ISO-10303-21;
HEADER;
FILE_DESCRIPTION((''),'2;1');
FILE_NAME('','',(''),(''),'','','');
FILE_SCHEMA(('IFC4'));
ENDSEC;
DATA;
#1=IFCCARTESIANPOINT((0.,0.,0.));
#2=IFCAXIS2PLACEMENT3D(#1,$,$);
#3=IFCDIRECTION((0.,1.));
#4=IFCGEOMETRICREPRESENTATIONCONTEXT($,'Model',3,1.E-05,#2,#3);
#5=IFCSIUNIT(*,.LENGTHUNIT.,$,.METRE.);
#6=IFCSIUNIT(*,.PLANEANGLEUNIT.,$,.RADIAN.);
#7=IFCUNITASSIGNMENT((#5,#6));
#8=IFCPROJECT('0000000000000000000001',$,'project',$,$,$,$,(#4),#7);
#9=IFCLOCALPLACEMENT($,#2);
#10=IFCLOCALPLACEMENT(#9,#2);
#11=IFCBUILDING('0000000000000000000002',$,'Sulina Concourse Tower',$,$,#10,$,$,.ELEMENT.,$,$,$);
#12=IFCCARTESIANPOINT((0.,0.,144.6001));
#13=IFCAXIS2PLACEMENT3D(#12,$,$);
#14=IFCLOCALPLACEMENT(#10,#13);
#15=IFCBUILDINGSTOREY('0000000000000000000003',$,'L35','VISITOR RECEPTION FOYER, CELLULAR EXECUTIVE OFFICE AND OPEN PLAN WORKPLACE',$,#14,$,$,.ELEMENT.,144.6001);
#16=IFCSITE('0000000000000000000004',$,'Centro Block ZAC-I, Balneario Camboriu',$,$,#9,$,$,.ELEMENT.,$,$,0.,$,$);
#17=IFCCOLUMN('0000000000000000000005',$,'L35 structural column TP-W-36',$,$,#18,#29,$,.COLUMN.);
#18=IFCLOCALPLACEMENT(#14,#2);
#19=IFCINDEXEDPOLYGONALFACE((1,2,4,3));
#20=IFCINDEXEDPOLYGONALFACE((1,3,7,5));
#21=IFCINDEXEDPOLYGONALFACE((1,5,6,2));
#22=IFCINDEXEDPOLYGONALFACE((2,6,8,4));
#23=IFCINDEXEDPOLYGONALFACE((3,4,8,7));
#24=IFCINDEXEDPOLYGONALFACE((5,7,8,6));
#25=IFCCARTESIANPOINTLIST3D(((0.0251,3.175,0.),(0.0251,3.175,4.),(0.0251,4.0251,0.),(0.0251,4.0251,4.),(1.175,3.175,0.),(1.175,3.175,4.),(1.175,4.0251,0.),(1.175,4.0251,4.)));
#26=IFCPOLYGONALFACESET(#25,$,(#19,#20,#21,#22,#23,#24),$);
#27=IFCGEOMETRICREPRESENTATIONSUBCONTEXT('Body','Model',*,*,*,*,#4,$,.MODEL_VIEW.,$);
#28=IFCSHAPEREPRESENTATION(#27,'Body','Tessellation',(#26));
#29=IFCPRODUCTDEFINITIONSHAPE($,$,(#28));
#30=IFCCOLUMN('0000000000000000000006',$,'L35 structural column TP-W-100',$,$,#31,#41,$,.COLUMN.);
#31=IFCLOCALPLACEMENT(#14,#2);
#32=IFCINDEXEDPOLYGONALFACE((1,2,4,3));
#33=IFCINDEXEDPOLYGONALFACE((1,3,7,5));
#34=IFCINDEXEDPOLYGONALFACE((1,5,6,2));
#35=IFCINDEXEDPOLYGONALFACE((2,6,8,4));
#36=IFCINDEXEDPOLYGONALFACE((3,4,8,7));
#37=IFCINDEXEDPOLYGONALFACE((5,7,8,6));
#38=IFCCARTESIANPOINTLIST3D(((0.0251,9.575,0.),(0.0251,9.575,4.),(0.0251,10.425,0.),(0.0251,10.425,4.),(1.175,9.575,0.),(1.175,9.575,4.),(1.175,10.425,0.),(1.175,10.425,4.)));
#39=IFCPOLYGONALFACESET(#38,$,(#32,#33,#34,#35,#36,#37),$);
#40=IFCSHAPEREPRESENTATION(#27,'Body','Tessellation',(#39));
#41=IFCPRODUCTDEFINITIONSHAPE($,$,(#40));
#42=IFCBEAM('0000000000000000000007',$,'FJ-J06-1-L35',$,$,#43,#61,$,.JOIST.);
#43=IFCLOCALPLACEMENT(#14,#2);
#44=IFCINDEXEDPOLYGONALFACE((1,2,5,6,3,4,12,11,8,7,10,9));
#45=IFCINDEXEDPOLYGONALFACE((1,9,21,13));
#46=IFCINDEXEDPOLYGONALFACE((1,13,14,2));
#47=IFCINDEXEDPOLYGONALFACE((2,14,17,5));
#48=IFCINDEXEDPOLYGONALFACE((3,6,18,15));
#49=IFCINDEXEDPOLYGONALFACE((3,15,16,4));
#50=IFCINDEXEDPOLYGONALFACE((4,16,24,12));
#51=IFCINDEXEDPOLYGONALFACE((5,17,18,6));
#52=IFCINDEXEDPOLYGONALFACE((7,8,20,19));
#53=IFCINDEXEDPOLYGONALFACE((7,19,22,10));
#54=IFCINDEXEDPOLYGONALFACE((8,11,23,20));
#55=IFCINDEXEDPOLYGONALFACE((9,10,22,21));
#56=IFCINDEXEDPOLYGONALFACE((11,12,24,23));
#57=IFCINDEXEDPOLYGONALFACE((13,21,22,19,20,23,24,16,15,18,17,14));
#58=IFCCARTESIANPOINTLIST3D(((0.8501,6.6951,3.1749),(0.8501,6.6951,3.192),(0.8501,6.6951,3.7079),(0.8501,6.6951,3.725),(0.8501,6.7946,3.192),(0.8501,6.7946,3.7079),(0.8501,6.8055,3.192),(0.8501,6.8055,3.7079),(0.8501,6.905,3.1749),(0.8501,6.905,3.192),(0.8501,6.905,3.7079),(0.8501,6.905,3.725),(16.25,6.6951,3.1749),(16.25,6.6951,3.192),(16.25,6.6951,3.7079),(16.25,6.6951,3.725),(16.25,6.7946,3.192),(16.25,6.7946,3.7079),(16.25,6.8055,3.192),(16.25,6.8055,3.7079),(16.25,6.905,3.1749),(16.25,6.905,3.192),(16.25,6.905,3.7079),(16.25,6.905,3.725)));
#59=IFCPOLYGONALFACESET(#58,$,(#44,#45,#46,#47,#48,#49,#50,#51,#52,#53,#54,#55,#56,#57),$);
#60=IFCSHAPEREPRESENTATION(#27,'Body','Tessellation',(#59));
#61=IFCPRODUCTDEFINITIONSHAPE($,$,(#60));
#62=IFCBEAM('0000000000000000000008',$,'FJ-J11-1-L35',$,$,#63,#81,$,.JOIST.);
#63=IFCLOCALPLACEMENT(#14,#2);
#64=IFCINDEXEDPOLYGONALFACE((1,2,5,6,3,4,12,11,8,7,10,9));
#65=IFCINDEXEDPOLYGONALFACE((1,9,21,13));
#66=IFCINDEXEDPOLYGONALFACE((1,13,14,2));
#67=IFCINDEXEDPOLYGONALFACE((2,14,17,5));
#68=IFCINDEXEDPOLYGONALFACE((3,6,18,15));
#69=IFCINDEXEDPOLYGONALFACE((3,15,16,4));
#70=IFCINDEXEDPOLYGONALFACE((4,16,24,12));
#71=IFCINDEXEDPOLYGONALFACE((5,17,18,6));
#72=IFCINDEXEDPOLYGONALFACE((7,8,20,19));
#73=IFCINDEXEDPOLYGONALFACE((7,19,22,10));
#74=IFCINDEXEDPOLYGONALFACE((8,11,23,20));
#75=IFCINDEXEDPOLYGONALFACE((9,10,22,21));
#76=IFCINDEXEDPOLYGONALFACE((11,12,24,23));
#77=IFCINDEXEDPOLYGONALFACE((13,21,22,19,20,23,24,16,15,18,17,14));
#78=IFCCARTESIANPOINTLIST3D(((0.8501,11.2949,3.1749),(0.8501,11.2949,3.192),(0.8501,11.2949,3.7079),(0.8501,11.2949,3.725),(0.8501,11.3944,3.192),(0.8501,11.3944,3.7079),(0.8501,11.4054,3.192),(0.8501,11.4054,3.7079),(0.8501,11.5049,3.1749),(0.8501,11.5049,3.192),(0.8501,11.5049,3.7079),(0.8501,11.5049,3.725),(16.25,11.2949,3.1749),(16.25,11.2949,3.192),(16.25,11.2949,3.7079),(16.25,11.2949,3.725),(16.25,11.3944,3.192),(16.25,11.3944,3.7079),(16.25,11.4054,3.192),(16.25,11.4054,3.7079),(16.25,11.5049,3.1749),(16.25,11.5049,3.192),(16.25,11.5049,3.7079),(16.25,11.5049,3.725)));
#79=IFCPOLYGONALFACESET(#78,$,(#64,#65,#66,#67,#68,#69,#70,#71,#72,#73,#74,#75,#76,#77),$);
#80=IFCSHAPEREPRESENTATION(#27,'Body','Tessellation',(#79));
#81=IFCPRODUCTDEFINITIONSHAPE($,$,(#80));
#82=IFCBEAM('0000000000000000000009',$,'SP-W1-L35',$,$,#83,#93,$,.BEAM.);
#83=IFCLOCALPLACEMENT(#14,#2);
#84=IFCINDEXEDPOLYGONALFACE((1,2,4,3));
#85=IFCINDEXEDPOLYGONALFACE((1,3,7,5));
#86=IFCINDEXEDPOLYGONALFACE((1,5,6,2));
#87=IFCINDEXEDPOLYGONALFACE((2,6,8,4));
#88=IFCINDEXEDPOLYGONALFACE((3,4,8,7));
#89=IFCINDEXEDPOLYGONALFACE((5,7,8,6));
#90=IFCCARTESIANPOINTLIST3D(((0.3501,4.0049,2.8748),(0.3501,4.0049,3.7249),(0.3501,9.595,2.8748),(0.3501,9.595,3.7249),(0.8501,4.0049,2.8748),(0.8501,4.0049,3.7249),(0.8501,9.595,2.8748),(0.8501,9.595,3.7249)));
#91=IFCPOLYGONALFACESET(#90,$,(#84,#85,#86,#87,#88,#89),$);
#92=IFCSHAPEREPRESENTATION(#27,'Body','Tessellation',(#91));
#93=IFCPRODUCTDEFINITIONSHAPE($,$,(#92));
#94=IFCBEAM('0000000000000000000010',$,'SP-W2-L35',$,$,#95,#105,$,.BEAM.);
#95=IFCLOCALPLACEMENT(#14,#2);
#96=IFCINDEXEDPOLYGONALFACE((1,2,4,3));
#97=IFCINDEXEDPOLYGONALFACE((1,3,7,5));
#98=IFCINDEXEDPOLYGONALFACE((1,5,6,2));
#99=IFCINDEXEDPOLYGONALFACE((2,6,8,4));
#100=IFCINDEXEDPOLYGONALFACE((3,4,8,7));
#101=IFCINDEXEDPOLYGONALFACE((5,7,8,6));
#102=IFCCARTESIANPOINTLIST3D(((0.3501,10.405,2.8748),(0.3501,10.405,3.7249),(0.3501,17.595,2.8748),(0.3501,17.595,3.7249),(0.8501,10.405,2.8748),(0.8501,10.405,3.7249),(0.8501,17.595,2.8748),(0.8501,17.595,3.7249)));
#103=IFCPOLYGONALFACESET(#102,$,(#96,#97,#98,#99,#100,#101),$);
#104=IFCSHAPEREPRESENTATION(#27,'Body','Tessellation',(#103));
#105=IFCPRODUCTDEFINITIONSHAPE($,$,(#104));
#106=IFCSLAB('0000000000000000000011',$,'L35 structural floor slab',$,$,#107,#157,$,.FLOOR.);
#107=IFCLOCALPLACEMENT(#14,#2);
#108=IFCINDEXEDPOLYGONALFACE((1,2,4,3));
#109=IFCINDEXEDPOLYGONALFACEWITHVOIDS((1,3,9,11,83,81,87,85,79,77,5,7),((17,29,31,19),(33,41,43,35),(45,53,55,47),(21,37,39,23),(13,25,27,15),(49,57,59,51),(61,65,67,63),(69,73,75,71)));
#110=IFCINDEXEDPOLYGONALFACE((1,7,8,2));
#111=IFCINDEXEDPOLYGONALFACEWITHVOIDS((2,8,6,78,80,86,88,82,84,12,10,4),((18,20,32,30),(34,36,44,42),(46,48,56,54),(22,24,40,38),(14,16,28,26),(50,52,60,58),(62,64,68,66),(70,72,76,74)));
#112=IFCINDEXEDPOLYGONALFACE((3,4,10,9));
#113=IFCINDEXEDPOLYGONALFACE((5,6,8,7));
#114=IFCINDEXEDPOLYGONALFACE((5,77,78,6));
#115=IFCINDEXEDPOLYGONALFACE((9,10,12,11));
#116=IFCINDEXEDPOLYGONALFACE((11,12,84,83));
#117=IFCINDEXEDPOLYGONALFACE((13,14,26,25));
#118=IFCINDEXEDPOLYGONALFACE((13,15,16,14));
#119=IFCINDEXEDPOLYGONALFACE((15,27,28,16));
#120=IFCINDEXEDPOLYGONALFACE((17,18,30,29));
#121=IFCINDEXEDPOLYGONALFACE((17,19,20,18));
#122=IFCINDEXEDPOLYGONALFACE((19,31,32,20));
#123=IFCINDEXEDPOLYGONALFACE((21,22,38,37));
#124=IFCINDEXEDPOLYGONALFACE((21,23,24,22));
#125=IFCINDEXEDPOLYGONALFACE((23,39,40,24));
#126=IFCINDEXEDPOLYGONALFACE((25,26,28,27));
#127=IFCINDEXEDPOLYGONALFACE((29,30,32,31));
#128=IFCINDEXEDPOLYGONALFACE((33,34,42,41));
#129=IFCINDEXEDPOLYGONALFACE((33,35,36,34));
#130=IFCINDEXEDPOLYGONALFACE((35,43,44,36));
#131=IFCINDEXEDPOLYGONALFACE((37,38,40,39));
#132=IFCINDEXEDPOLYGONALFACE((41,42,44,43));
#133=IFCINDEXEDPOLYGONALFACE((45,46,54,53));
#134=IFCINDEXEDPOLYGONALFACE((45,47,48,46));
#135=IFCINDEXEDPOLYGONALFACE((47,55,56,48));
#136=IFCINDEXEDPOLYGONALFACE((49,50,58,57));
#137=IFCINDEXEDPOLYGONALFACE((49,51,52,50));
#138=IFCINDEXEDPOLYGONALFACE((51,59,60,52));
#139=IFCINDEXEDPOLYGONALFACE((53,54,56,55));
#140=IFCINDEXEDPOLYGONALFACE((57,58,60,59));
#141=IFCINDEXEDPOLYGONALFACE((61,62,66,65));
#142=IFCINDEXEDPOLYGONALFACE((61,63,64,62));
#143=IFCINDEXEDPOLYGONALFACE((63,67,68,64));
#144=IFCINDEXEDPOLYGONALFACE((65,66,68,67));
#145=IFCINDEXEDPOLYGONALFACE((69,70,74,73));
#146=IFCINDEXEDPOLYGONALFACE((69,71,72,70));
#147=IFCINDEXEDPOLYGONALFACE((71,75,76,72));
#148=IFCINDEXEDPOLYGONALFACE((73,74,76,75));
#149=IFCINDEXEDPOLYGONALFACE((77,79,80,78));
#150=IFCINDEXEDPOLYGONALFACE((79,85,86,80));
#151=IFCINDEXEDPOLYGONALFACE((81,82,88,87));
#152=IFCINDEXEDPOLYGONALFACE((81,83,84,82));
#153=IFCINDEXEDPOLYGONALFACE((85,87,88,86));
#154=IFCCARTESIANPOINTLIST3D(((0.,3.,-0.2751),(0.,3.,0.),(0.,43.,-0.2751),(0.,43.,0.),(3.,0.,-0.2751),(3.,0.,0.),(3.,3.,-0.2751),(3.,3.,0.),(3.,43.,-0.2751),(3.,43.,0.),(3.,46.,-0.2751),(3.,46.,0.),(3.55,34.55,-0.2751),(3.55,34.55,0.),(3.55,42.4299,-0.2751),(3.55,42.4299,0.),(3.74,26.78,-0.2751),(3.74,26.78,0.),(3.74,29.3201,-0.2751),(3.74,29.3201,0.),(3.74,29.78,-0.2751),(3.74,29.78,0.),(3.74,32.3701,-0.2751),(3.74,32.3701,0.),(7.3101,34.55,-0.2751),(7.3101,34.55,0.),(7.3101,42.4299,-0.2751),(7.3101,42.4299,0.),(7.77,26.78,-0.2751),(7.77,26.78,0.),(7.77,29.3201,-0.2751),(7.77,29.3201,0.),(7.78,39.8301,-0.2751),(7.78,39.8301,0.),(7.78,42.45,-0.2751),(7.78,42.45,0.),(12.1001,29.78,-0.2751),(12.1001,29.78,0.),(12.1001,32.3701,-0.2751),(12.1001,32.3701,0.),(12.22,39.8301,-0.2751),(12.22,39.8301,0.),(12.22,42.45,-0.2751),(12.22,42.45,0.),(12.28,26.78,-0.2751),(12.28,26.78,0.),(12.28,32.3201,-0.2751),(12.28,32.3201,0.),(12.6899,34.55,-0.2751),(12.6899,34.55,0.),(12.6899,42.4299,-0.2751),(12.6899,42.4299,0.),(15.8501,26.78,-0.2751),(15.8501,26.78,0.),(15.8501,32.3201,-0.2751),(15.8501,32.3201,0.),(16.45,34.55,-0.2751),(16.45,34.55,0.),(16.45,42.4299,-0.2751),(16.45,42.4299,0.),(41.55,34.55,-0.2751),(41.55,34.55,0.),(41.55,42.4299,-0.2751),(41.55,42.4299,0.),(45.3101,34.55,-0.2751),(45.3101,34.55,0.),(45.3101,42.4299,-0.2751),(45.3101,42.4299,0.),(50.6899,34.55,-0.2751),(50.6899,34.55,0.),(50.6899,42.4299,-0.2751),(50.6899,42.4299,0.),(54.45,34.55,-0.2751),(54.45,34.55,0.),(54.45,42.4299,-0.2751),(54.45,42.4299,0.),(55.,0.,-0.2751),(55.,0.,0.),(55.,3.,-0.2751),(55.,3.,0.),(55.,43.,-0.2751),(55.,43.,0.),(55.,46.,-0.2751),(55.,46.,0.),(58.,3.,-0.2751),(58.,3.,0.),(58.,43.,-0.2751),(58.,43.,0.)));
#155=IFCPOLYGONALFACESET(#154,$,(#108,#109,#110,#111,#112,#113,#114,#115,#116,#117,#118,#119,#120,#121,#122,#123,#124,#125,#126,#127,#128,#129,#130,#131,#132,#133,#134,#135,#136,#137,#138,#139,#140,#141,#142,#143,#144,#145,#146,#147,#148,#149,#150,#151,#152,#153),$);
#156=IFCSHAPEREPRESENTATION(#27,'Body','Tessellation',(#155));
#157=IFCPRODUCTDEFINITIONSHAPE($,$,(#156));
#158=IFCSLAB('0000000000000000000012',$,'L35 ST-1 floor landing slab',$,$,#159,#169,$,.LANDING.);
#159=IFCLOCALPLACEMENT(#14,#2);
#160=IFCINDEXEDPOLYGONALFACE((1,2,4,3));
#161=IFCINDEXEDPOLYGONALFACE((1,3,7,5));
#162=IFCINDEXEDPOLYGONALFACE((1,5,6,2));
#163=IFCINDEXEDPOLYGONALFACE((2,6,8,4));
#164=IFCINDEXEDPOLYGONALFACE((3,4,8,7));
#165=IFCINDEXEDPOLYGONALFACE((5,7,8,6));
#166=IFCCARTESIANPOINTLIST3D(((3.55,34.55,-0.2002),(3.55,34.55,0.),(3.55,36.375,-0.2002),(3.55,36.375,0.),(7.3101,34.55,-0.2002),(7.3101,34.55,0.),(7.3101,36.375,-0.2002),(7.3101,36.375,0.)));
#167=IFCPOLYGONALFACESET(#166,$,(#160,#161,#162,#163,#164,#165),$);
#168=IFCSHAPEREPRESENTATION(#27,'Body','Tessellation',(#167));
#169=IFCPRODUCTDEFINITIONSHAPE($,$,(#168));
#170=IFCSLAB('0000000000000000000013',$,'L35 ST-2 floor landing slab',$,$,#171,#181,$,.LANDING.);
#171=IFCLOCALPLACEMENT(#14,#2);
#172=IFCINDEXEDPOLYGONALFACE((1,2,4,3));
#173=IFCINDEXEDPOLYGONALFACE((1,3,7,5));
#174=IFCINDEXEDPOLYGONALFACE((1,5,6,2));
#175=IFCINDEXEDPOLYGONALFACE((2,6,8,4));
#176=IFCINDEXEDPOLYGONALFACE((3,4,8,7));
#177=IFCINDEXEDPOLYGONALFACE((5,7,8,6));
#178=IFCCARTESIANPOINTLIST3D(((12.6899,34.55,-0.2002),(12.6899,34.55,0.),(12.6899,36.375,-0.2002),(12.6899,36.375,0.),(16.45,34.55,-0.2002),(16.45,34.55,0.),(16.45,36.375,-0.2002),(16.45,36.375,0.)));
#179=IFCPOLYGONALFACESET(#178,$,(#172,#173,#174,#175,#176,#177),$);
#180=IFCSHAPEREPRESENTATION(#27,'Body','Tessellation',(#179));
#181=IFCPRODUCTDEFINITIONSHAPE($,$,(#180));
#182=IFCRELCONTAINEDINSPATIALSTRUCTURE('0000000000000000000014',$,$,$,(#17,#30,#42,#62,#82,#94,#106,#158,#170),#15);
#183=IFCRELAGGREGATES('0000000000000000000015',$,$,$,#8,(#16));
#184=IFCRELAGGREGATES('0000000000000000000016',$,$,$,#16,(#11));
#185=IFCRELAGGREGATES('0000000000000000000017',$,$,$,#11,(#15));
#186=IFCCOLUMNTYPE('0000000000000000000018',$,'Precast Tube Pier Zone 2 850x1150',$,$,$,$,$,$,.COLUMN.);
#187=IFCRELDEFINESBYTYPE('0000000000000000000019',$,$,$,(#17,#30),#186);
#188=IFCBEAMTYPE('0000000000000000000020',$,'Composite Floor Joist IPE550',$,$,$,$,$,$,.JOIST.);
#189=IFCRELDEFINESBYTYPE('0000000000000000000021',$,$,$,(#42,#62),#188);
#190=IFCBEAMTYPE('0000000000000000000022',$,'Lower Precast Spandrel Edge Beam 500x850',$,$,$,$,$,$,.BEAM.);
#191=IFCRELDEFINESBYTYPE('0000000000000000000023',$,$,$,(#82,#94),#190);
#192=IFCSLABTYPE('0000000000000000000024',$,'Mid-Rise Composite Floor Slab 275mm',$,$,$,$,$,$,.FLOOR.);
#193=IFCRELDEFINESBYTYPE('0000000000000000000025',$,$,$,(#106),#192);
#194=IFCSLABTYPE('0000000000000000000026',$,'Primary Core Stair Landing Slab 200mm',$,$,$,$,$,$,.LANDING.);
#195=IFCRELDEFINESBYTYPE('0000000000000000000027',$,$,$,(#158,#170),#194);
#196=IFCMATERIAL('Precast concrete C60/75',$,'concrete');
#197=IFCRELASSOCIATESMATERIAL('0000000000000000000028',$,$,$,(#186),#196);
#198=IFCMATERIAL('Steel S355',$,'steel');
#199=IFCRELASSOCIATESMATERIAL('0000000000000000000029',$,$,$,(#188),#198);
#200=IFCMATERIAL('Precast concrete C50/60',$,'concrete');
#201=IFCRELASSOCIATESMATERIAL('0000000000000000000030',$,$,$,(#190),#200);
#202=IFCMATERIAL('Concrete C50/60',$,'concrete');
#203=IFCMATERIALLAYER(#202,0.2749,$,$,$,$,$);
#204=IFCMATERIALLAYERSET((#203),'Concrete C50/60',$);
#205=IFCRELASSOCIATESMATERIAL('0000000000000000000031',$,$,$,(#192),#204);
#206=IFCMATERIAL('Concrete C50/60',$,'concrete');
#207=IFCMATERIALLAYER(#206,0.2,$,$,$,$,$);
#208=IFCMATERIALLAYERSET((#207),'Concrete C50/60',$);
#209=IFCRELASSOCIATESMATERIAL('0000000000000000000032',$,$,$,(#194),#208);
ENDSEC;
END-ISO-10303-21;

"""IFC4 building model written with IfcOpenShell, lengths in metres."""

from ifc_helpers import new_model, si_unit, direction, frame, origin, origin_2d, place, context, subcontext, project, spatial, polyline, rectangle, i_section, outline, extrude, material, layer, layer_set, material_profile, profile_set, type_object, element, save


model = new_model("IFC4")

# Units and contexts
model_context = context("Model", 3, precision=1e-05, world=origin(), true_north=direction((0.0, 1.0)))
body_context = subcontext(model_context, "Body", "Model", "MODEL_VIEW")
ifc_project = project(units=[si_unit("LENGTHUNIT", "METRE"), si_unit("PLANEANGLEUNIT", "RADIAN")], contexts=[model_context])

# Site, building, storey
site_placement = place(None, origin())
site = spatial("IfcSite", under=ifc_project, at=site_placement, Name="Centro Block ZAC-I, Balneario Camboriu", CompositionType="ELEMENT", RefElevation=0.0)
building_placement = place(site_placement, origin())
building = spatial("IfcBuilding", under=site, at=building_placement, Name="Sulina Concourse Tower", CompositionType="ELEMENT")
storey_placement = place(building_placement, frame((0.0, 0.0, 144.6001)))
storey = spatial("IfcBuildingStorey", under=building, at=storey_placement, Name="L35", Description="VISITOR RECEPTION FOYER, CELLULAR EXECUTIVE OFFICE AND OPEN PLAN WORKPLACE", CompositionType="ELEMENT", Elevation=144.6001)

# Columns
ifc_material_1 = material(Name="Precast concrete C60/75", Category="concrete")
ifc_material_profile_1 = material_profile(ifc_material_1, rectangle(XDim=0.8501, YDim=1.1499, at=origin_2d()), Name="PC 850x1150")
ifc_profile_set_1 = profile_set([ifc_material_profile_1], Name="Precast concrete C60/75")
column_type = type_object("IfcColumnType", Name="Precast Tube Pier Zone 2 850x1150", PredefinedType="COLUMN", material=ifc_profile_set_1)
for number, where, z_axis, x_axis, name in (
    (1, (0.6001, 3.6001, 0.0), (0.0, 0.0, 1.0), (0.0, 1.0, 0.0), "L35 structural column TP-W-36"),
    (2, (0.6001, 10.0, 0.0), (0.0, 0.0, 1.0), (0.0, 1.0, 0.0), "L35 structural column TP-W-100"),
):
    element("IfcColumn", number, at=place(storey_placement, frame(where, z_axis=z_axis, x_axis=x_axis)), inside=storey, type_object=column_type, Name=name, PredefinedType="COLUMN", context=body_context, shape_type="SweptSolid", body=[
        extrude(rectangle(XDim=0.8501, YDim=1.1499, at=origin_2d()), origin(), (0.0, 0.0, 1.0), 4.0),
    ])

# Beams
ifc_material_2 = material(Name="Steel S355", Category="steel")
ifc_material_profile_2 = material_profile(ifc_material_2, i_section(OverallWidth=0.21, OverallDepth=0.55, WebThickness=0.011, FlangeThickness=0.0171, at=origin_2d()), Name="IPE 550")
ifc_profile_set_2 = profile_set([ifc_material_profile_2], Name="Steel S355")
beam_type_1 = type_object("IfcBeamType", Name="Composite Floor Joist IPE550", PredefinedType="JOIST", material=ifc_profile_set_2)
for number, where, z_axis, x_axis, name in (
    (3, (0.8501, 6.8, 3.45), (1.0, 0.0, 0.0), (0.0, 1.0, 0.0), "FJ-J06-1-L35"),
    (4, (0.8501, 11.3999, 3.45), (1.0, 0.0, 0.0), (0.0, 1.0, 0.0), "FJ-J11-1-L35"),
):
    element("IfcBeam", number, at=place(storey_placement, frame(where, z_axis=z_axis, x_axis=x_axis)), inside=storey, type_object=beam_type_1, Name=name, PredefinedType="JOIST", context=body_context, shape_type="SweptSolid", body=[
        extrude(i_section(OverallWidth=0.21, OverallDepth=0.55, WebThickness=0.011, FlangeThickness=0.0171, at=origin_2d()), origin(), (0.0, 0.0, 1.0), 15.3999),
    ])
ifc_material_3 = material(Name="Precast concrete C50/60", Category="concrete")
ifc_material_profile_3 = material_profile(ifc_material_3, rectangle(XDim=0.5, YDim=0.8501, at=origin_2d()), Name="RC 500x850")
ifc_profile_set_3 = profile_set([ifc_material_profile_3], Name="Precast concrete C50/60")
beam_type_2 = type_object("IfcBeamType", Name="Lower Precast Spandrel Edge Beam 500x850", PredefinedType="BEAM", material=ifc_profile_set_3)
beam_1_placement = place(storey_placement, frame((0.6001, 4.0049, 3.2998), z_axis=(0.0, 1.0, 0.0), x_axis=(-1.0, 0.0, 0.0)))
element("IfcBeam", 5, at=beam_1_placement, inside=storey, type_object=beam_type_2, Name="SP-W1-L35", PredefinedType="BEAM", context=body_context, shape_type="SweptSolid", body=[
    extrude(rectangle(XDim=0.5, YDim=0.8501, at=origin_2d()), origin(), (0.0, 0.0, 1.0), 5.5901),
])
beam_2_placement = place(storey_placement, frame((0.6001, 10.405, 3.2998), z_axis=(0.0, 1.0, 0.0), x_axis=(-1.0, 0.0, 0.0)))
element("IfcBeam", 6, at=beam_2_placement, inside=storey, type_object=beam_type_2, Name="SP-W2-L35", PredefinedType="BEAM", context=body_context, shape_type="SweptSolid", body=[
    extrude(rectangle(XDim=0.5, YDim=0.8501, at=origin_2d()), origin(), (0.0, 0.0, 1.0), 7.1899),
])

# Slabs
ifc_material_4 = material(Name="Concrete C50/60", Category="concrete")
ifc_layer_1 = layer(ifc_material_4, 0.2749)
ifc_layer_set_1 = layer_set([ifc_layer_1], Name="Concrete C50/60")
slab_type_1 = type_object("IfcSlabType", Name="Mid-Rise Composite Floor Slab 275mm", PredefinedType="FLOOR", material=ifc_layer_set_1)
slab_1_placement = place(storey_placement, frame((0.0, 0.0, -0.2751)))
element("IfcSlab", 7, at=slab_1_placement, inside=storey, type_object=slab_type_1, Name="L35 structural floor slab", PredefinedType="FLOOR", context=body_context, shape_type="SweptSolid", body=[
    extrude(outline(polyline([(3.0, 0.0), (55.0, 0.0), (55.0, 3.0), (58.0, 3.0), (58.0, 43.0), (55.0, 43.0), (55.0, 46.0), (3.0, 46.0), (3.0, 43.0), (0.0, 43.0), (0.0, 3.0), (3.0, 3.0), (3.0, 0.0)]), holes=[polyline([(7.3101, 34.55), (7.3101, 42.4299), (3.55, 42.4299), (3.55, 34.55), (7.3101, 34.55)]), polyline([(16.45, 34.55), (16.45, 42.4299), (12.6899, 42.4299), (12.6899, 34.55), (16.45, 34.55)]), polyline([(45.3101, 34.55), (45.3101, 42.4299), (41.55, 42.4299), (41.55, 34.55), (45.3101, 34.55)]), polyline([(54.45, 34.55), (54.45, 42.4299), (50.6899, 42.4299), (50.6899, 34.55), (54.45, 34.55)]), polyline([(7.78, 39.8301), (12.22, 39.8301), (12.22, 42.45), (7.78, 42.45), (7.78, 39.8301)]), polyline([(3.74, 26.78), (7.77, 26.78), (7.77, 29.3201), (3.74, 29.3201), (3.74, 26.78)]), polyline([(3.74, 29.78), (12.1001, 29.78), (12.1001, 32.3701), (3.74, 32.3701), (3.74, 29.78)]), polyline([(12.28, 26.78), (15.8501, 26.78), (15.8501, 32.3201), (12.28, 32.3201), (12.28, 26.78)])]), origin(), (0.0, 0.0, 1.0), 0.2751),
])
ifc_material_5 = material(Name="Concrete C50/60", Category="concrete")
ifc_layer_2 = layer(ifc_material_5, 0.2)
ifc_layer_set_2 = layer_set([ifc_layer_2], Name="Concrete C50/60")
slab_type_2 = type_object("IfcSlabType", Name="Primary Core Stair Landing Slab 200mm", PredefinedType="LANDING", material=ifc_layer_set_2)
slab_2_placement = place(storey_placement, frame((0.0, 0.0, -0.2002)))
element("IfcSlab", 8, at=slab_2_placement, inside=storey, type_object=slab_type_2, Name="L35 ST-1 floor landing slab", PredefinedType="LANDING", context=body_context, shape_type="SweptSolid", body=[
    extrude(outline(polyline([(7.3101, 34.55), (7.3101, 36.375), (3.55, 36.375), (3.55, 34.55), (7.3101, 34.55)])), origin(), (0.0, 0.0, 1.0), 0.2002),
])
slab_3_placement = place(storey_placement, frame((0.0, 0.0, -0.2002)))
element("IfcSlab", 9, at=slab_3_placement, inside=storey, type_object=slab_type_2, Name="L35 ST-2 floor landing slab", PredefinedType="LANDING", context=body_context, shape_type="SweptSolid", body=[
    extrude(outline(polyline([(16.45, 34.55), (16.45, 36.375), (12.6899, 36.375), (12.6899, 34.55), (16.45, 34.55)])), origin(), (0.0, 0.0, 1.0), 0.2002),
])

save(model, "model.ifc")
